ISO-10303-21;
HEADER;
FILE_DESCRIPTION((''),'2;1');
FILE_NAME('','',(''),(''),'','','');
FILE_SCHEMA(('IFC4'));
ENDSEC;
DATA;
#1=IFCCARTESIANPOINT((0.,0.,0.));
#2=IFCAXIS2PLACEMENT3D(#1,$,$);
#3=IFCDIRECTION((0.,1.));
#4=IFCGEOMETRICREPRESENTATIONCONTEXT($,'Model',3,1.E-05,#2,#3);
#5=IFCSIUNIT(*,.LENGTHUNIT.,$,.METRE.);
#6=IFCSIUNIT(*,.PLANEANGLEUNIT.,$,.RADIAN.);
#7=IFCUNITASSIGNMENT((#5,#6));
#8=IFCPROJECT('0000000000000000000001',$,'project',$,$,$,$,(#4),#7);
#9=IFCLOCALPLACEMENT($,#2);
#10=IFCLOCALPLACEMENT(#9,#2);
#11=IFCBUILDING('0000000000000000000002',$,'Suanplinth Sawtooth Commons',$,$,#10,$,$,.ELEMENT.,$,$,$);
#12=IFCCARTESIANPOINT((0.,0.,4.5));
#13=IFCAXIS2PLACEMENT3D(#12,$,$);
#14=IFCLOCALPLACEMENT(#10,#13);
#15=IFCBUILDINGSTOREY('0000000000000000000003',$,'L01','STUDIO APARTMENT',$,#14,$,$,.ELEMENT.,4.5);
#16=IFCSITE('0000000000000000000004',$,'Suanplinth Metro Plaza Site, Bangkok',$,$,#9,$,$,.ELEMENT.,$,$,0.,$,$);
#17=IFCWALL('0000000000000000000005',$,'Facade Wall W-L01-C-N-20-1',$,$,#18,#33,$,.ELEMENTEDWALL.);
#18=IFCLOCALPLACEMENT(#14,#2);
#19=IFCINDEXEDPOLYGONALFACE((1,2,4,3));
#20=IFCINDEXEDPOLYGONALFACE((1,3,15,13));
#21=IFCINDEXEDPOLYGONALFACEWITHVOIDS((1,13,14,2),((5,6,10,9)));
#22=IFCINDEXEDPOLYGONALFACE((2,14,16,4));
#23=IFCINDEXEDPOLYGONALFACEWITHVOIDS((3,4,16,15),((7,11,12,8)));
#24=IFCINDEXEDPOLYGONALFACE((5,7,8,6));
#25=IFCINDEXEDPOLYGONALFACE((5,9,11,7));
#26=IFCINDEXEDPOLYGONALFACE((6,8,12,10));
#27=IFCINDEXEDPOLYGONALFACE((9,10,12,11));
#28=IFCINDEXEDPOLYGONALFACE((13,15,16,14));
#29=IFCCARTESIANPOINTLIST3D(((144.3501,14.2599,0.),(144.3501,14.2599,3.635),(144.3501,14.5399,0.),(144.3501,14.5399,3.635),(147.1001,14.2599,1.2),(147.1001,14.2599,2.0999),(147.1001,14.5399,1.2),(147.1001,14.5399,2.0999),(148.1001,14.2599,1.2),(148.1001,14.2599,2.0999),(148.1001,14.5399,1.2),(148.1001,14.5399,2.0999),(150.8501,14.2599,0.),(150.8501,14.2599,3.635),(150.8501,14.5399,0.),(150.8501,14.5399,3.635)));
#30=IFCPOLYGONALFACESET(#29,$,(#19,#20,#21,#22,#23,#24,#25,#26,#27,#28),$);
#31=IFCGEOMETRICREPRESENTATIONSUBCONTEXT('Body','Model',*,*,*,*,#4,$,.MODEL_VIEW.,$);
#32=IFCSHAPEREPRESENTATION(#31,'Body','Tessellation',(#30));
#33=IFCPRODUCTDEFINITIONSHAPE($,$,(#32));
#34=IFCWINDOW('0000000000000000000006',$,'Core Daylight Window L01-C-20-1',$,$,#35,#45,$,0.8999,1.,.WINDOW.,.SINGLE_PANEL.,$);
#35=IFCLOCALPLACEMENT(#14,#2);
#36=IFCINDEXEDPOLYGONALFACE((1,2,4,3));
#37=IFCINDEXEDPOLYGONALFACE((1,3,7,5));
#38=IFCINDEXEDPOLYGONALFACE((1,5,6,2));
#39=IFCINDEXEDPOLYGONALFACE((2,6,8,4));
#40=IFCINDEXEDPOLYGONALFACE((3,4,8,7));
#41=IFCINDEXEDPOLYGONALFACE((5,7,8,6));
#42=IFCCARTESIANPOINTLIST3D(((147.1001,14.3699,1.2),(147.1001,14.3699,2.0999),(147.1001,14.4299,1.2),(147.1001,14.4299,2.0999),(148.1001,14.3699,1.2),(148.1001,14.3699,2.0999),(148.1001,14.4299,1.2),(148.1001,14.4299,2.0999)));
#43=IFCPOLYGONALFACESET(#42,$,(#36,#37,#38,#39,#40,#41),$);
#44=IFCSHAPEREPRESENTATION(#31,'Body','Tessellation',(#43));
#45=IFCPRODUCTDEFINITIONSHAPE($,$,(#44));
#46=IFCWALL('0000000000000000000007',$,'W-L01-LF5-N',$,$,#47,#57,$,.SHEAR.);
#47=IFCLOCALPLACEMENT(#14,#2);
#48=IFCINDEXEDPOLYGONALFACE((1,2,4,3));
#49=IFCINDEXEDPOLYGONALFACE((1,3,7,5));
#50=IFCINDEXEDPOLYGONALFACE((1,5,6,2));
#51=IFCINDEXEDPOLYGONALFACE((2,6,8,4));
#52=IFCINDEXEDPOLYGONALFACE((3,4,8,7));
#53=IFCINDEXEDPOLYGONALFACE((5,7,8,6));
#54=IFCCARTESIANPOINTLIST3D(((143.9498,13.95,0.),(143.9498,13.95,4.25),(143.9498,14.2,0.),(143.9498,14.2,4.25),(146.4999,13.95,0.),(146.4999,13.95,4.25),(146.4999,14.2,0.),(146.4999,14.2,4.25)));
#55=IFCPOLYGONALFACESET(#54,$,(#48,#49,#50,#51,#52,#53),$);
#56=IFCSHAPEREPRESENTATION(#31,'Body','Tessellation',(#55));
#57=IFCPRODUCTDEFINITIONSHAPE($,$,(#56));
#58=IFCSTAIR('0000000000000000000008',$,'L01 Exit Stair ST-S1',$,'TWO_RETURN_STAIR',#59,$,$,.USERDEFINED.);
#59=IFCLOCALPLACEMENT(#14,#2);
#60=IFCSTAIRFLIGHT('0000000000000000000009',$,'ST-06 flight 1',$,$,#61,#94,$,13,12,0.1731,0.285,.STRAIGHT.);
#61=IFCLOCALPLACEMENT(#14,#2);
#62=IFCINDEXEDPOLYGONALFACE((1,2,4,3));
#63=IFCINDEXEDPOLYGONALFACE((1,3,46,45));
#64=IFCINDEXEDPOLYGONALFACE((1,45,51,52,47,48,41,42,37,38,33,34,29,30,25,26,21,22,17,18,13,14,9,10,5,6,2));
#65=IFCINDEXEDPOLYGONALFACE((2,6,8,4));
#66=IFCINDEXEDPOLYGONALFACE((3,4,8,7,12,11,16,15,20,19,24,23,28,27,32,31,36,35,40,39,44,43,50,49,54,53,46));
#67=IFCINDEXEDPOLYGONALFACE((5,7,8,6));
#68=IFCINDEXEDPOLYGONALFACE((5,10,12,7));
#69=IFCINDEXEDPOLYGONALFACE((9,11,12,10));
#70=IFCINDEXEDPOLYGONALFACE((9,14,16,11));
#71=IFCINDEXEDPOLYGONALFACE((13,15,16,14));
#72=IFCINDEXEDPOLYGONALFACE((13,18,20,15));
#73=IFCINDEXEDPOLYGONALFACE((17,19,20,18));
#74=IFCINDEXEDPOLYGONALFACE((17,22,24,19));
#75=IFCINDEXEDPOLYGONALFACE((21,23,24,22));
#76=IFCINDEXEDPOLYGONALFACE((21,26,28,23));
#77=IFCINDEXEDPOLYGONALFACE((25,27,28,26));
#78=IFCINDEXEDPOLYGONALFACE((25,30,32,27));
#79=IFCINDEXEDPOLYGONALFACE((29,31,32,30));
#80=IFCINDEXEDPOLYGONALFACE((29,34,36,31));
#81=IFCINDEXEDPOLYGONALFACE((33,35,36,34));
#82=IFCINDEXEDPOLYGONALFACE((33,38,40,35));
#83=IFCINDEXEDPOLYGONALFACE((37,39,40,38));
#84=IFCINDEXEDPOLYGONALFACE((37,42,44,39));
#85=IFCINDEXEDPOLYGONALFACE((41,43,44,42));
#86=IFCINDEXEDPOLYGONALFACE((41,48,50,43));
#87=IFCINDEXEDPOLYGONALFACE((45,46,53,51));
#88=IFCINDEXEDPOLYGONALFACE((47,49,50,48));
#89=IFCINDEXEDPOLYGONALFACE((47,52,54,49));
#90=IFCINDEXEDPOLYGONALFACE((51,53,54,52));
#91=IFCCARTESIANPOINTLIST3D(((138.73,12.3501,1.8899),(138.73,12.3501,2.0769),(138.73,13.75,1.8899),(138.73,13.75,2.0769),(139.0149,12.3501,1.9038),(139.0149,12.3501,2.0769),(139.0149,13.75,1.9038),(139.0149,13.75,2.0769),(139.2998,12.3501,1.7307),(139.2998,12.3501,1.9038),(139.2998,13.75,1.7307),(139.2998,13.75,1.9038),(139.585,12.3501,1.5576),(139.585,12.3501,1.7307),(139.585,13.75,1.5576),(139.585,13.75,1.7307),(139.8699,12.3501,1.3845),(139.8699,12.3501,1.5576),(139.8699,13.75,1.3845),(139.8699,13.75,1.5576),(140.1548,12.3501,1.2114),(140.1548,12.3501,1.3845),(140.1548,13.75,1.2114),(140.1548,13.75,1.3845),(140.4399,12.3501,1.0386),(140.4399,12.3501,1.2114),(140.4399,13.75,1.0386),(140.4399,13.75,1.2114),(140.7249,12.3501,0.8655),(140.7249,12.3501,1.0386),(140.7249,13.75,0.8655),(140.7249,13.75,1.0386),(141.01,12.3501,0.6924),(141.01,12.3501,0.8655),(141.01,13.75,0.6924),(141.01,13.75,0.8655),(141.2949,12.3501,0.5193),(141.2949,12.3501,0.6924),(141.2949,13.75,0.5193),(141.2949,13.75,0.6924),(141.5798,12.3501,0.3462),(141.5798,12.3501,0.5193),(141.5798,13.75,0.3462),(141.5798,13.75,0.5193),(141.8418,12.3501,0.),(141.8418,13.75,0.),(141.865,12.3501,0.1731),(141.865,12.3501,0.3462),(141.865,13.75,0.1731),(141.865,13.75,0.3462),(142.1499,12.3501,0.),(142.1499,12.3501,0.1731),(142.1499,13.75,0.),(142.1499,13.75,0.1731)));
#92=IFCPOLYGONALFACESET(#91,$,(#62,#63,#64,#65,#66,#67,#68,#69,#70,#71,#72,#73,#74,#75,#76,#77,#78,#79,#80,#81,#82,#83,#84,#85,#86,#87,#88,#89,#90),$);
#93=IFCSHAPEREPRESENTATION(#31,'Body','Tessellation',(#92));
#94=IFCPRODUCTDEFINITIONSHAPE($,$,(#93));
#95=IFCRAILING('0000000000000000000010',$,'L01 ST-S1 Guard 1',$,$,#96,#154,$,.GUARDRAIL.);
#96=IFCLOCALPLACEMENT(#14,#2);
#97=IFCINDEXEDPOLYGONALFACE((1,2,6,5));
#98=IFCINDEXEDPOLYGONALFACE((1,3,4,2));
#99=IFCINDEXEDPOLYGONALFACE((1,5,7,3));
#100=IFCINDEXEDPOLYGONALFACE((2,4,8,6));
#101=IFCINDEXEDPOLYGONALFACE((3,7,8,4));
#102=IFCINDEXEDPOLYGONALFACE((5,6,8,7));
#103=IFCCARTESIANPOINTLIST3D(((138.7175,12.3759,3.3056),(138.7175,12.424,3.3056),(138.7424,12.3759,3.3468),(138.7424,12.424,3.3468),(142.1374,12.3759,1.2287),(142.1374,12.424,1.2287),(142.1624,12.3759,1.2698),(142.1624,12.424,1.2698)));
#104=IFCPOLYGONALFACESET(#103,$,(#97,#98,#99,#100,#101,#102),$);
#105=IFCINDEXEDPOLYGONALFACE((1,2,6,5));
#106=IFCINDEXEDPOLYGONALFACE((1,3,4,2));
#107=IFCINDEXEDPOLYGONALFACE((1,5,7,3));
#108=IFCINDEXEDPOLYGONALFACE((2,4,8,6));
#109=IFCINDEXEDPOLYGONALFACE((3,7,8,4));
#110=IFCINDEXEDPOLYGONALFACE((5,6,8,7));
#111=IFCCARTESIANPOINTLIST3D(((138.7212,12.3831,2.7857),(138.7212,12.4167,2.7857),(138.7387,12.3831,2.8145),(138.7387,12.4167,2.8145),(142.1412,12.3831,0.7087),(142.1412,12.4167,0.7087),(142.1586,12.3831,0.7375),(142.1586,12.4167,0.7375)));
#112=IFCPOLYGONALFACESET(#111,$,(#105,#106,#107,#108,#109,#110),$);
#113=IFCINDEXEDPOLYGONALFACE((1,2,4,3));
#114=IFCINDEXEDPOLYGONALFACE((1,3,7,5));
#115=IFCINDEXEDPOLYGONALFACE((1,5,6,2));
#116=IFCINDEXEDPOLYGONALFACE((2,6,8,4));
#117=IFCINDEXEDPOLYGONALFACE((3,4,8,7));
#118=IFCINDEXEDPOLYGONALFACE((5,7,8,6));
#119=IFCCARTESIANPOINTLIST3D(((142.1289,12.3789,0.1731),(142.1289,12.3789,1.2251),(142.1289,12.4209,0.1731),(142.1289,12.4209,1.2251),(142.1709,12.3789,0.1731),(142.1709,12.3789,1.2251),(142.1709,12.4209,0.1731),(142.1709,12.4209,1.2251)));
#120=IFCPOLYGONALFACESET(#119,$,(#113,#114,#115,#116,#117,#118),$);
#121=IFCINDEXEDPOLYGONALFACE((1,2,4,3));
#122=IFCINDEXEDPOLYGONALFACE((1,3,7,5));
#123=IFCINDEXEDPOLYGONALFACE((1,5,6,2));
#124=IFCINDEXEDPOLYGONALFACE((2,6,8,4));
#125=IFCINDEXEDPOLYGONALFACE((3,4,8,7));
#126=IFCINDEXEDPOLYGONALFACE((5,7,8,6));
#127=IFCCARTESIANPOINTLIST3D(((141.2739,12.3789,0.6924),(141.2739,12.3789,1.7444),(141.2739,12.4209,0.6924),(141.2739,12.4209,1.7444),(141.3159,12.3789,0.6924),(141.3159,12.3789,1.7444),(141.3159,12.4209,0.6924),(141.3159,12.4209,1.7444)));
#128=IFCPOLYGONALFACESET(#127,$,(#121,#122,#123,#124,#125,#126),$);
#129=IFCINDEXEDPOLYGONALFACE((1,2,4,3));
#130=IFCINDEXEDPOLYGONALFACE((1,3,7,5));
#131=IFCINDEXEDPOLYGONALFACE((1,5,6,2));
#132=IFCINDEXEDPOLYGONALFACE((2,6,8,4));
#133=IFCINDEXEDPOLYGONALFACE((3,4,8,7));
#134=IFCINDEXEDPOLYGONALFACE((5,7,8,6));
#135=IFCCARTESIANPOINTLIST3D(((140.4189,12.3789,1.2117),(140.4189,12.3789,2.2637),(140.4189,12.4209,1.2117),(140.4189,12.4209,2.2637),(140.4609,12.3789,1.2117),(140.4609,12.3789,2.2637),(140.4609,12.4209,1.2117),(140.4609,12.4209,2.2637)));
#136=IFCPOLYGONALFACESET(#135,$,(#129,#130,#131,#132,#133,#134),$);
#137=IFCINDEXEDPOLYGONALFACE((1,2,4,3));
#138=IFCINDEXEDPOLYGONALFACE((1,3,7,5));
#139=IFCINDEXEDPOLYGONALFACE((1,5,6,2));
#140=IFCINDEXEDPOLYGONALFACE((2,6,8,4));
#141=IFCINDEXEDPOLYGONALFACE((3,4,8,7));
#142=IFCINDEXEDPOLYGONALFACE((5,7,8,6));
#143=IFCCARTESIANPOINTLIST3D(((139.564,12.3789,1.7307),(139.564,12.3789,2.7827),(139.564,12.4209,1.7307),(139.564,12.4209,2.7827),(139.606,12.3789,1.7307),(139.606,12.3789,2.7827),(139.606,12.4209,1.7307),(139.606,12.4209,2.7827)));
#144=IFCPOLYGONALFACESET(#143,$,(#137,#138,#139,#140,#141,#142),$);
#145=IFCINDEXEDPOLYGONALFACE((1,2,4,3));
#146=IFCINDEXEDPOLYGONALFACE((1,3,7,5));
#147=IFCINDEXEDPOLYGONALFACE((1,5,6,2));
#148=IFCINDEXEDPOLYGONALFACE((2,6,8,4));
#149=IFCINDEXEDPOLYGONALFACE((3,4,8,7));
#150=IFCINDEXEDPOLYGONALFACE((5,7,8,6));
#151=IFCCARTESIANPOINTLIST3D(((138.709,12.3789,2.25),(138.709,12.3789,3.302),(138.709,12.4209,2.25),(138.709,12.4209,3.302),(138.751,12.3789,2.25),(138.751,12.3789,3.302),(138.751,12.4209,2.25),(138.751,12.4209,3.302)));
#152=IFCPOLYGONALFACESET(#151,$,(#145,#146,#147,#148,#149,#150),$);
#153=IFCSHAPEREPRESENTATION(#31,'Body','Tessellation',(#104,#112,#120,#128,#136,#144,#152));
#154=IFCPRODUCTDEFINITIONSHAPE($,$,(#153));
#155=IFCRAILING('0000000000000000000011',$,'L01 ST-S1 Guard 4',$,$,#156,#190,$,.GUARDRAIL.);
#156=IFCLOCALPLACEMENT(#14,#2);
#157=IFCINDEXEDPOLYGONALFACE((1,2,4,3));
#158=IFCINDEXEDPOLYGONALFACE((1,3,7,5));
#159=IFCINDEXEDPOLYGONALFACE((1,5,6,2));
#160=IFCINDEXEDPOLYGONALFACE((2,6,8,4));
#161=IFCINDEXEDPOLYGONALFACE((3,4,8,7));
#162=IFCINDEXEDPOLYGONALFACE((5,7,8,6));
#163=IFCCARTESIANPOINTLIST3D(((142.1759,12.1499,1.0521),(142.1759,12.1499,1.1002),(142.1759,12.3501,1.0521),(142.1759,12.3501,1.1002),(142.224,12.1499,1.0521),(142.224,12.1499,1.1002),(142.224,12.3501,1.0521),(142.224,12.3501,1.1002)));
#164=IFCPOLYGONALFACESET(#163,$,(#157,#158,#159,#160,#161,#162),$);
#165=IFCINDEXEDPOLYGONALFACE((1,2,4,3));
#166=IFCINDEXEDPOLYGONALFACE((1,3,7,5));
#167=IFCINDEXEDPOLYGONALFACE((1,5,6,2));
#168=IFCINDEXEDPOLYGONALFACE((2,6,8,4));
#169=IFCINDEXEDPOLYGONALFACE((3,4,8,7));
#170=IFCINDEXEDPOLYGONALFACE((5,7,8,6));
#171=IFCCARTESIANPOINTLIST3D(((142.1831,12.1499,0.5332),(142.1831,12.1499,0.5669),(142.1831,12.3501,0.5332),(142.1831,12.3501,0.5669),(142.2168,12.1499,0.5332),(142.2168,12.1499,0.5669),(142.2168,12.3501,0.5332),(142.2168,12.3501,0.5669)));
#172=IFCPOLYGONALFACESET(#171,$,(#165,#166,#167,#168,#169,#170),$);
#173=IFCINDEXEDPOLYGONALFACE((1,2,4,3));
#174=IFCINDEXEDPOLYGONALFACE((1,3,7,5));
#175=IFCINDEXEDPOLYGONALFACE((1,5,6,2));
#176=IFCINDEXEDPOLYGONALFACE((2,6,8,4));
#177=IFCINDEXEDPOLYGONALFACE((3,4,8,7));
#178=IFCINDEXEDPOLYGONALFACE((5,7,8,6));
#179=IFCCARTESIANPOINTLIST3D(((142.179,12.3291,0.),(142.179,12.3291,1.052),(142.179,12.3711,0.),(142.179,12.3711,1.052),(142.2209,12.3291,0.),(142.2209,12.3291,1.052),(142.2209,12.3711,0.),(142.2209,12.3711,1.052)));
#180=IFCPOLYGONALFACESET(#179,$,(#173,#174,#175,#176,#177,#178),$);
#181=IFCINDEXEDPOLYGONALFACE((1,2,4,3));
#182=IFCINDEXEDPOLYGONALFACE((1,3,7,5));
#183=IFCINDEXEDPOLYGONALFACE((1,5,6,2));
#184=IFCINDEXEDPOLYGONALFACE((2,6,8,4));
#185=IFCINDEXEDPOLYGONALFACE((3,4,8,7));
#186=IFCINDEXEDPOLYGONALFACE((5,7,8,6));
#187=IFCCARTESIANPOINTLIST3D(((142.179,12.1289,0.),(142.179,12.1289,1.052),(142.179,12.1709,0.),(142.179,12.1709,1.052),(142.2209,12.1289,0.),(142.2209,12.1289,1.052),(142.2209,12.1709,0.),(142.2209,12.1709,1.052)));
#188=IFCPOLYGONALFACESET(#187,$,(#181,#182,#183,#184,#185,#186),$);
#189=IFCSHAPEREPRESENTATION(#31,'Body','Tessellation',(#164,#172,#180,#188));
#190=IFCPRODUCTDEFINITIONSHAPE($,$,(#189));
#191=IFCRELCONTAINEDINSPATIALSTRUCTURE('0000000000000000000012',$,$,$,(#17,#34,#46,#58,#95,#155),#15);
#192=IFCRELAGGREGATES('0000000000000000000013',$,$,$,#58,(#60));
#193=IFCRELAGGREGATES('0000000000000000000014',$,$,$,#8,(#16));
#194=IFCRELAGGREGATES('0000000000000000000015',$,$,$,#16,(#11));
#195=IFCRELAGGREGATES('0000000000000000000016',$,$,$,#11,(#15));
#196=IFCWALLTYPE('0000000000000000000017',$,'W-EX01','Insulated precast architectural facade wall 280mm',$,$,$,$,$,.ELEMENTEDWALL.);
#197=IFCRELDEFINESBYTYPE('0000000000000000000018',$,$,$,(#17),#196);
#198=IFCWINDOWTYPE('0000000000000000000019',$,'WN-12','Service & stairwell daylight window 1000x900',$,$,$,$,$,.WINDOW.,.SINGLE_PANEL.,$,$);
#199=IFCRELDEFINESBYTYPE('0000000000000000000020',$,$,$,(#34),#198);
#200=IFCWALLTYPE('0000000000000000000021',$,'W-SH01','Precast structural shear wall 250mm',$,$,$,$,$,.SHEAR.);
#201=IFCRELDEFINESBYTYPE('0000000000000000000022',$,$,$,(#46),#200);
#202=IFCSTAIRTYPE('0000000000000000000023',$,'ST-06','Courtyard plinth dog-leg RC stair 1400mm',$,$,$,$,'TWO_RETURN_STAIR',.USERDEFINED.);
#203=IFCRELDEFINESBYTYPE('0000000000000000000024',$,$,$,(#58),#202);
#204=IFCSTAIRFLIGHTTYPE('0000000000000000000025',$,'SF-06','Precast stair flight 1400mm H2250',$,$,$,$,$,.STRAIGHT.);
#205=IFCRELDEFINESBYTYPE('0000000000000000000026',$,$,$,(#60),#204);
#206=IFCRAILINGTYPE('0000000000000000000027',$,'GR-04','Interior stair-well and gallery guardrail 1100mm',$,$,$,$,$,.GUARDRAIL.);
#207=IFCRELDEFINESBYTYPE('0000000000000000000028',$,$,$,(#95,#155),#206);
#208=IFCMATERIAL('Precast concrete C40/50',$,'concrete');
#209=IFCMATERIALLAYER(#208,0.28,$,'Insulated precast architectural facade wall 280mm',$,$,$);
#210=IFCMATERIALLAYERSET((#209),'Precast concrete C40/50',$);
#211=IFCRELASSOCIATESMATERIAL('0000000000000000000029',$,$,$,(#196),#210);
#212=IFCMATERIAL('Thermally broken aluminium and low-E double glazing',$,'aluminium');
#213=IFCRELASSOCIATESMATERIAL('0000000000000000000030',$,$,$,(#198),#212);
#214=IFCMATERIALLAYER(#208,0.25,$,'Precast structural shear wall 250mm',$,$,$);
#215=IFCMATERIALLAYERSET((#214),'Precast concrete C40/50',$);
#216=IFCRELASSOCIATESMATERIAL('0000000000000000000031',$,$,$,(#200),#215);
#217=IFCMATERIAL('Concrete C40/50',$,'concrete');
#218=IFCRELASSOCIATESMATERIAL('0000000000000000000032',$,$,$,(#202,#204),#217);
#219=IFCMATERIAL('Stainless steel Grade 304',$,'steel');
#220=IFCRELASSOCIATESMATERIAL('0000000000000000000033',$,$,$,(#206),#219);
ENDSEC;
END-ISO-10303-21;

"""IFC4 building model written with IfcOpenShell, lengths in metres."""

from ifc_helpers import new_model, si_unit, direction, frame, frame_2d, origin, origin_2d, place, context, subcontext, project, spatial, polyline, rectangle, outline, extrude, material, layer, layer_set, type_object, element, fill, aggregate, save


model = new_model("IFC4")

# Units and contexts
model_context = context("Model", 3, precision=1e-05, world=origin(), true_north=direction((0.0, 1.0)))
body_context = subcontext(model_context, "Body", "Model", "MODEL_VIEW")
ifc_project = project(units=[si_unit("LENGTHUNIT", "METRE"), si_unit("PLANEANGLEUNIT", "RADIAN")], contexts=[model_context])

# Site, building, storey
site_placement = place(None, origin())
site = spatial("IfcSite", under=ifc_project, at=site_placement, Name="Suanplinth Metro Plaza Site, Bangkok", CompositionType="ELEMENT", RefElevation=0.0)
building_placement = place(site_placement, origin())
building = spatial("IfcBuilding", under=site, at=building_placement, Name="Suanplinth Sawtooth Commons", CompositionType="ELEMENT")
storey_placement = place(building_placement, frame((0.0, 0.0, 4.5)))
storey = spatial("IfcBuildingStorey", under=building, at=storey_placement, Name="L01", Description="STUDIO APARTMENT", CompositionType="ELEMENT", Elevation=4.5)

# Shared definitions
ifc_material_1 = material(Name="Concrete C40/50", Category="concrete")

# Shared definitions
ifc_material_2 = material(Name="Precast concrete C40/50", Category="concrete")

# Wall, opening, window
ifc_layer_1 = layer(ifc_material_2, 0.28, Name="Insulated precast architectural facade wall 280mm")
ifc_layer_set_1 = layer_set([ifc_layer_1], Name="Precast concrete C40/50")
wall_type_1 = type_object("IfcWallType", Name="W-EX01", Description="Insulated precast architectural facade wall 280mm", PredefinedType="ELEMENTEDWALL", material=ifc_layer_set_1)
wall_1_placement = place(storey_placement, frame((144.3501, 14.3999, 0.0), z_axis=(0.0, 0.0, 1.0), x_axis=(1.0, 0.0, 0.0)))
wall_1 = element("IfcWall", 1, at=wall_1_placement, inside=storey, type_object=wall_type_1, Name="Facade Wall W-L01-C-N-20-1", PredefinedType="ELEMENTEDWALL", context=body_context, shape_type="SweptSolid", body=[
    extrude(rectangle(XDim=6.5, YDim=0.28, at=frame_2d((3.25, 0.0))), origin(), (0.0, 0.0, 1.0), 3.635),
])
opening_placement = place(wall_1_placement, frame((2.75, 0.0, 1.2)))
opening = element("IfcOpeningElement", 2, at=opening_placement, cuts=wall_1, PredefinedType="OPENING", context=body_context, shape_type="SweptSolid", body=[
    extrude(rectangle(XDim=1.0, YDim=0.8999, at=frame_2d((0.5, 0.45))), frame((0.0, 0.1548, 0.0), z_axis=(0.0, -1.0, 0.0), x_axis=(1.0, 0.0, 0.0)), (0.0, 0.0, 1.0), 0.3098),
])
ifc_material_3 = material(Name="Thermally broken aluminium and low-E double glazing", Category="aluminium")
window_type = type_object("IfcWindowType", Name="WN-12", Description="Service & stairwell daylight window 1000x900", PartitioningType="SINGLE_PANEL", PredefinedType="WINDOW", material=ifc_material_3)
window_placement = place(opening_placement, origin())
window = element("IfcWindow", 3, at=window_placement, inside=storey, type_object=window_type, Name="Core Daylight Window L01-C-20-1", OverallHeight=0.8999, OverallWidth=1.0, PartitioningType="SINGLE_PANEL", PredefinedType="WINDOW", context=body_context, shape_type="SweptSolid", body=[
    extrude(rectangle(XDim=1.0, YDim=0.8999, at=frame_2d((0.5, 0.45))), frame((0.0, 0.03, 0.0), z_axis=(0.0, -1.0, 0.0), x_axis=(1.0, 0.0, 0.0)), (0.0, 0.0, 1.0), 0.0601),
])
fill(opening, window)

# Wall
ifc_layer_2 = layer(ifc_material_2, 0.25, Name="Precast structural shear wall 250mm")
ifc_layer_set_2 = layer_set([ifc_layer_2], Name="Precast concrete C40/50")
wall_type_2 = type_object("IfcWallType", Name="W-SH01", Description="Precast structural shear wall 250mm", PredefinedType="SHEAR", material=ifc_layer_set_2)
wall_2_placement = place(storey_placement, frame((143.95, 14.075, 0.0), z_axis=(0.0, 0.0, 1.0), x_axis=(1.0, 0.0, 0.0)))
element("IfcWall", 4, at=wall_2_placement, inside=storey, type_object=wall_type_2, Name="W-L01-LF5-N", PredefinedType="SHEAR", context=body_context, shape_type="SweptSolid", body=[
    extrude(rectangle(XDim=2.55, YDim=0.25, at=frame_2d((1.2749, 0.0))), origin(), (0.0, 0.0, 1.0), 4.25),
])

# Stair, stair flight
stair_type = type_object("IfcStairType", Name="ST-06", Description="Courtyard plinth dog-leg RC stair 1400mm", ElementType="TWO_RETURN_STAIR", PredefinedType="USERDEFINED", material=ifc_material_1)
stair_placement = place(storey_placement, origin())
stair = element("IfcStair", 5, at=stair_placement, inside=storey, type_object=stair_type, Name="L01 Exit Stair ST-S1", ObjectType="TWO_RETURN_STAIR", PredefinedType="USERDEFINED")
stair_flight_type = type_object("IfcStairFlightType", Name="SF-06", Description="Precast stair flight 1400mm H2250", PredefinedType="STRAIGHT", material=ifc_material_1)
stair_flight_placement = place(storey_placement, frame((142.1499, 13.05, 0.0), z_axis=(0.0, 0.0, 1.0), x_axis=(-1.0, 0.0, 0.0)))
stair_flight = element("IfcStairFlight", 6, at=stair_flight_placement, type_object=stair_flight_type, Name="ST-06 flight 1", NumberOfRisers=13, NumberOfTreads=12, PredefinedType="STRAIGHT", RiserHeight=0.1731, TreadLength=0.285, context=body_context, shape_type="SweptSolid", body=[
    extrude(outline(polyline([(0.0, 0.0), (0.0, 0.1731), (0.2849, 0.1731), (0.2849, 0.3462), (0.5701, 0.3462), (0.5701, 0.5193), (0.855, 0.5193), (0.855, 0.6924), (1.1399, 0.6924), (1.1399, 0.8655), (1.425, 0.8655), (1.425, 1.0386), (1.71, 1.0386), (1.71, 1.2114), (1.9951, 1.2114), (1.9951, 1.3845), (2.28, 1.3845), (2.28, 1.5576), (2.5649, 1.5576), (2.5649, 1.7307), (2.8501, 1.7307), (2.8501, 1.9038), (3.135, 1.9038), (3.135, 2.0769), (3.4199, 2.0769), (3.4199, 2.25), (3.4199, 1.8899), (0.3081, 0.0), (0.0, 0.0)])), frame((0.0, 0.7, 0.0), z_axis=(0.0, -1.0, 0.0), x_axis=(1.0, 0.0, 0.0)), (0.0, 0.0, 1.0), 1.3999),
])
aggregate(stair, [stair_flight])

# Railings
ifc_material_4 = material(Name="Stainless steel Grade 304", Category="steel")
railing_type_1 = type_object("IfcRailingType", Name="GR-04", Description="Interior stair-well and gallery guardrail 1100mm", PredefinedType="GUARDRAIL", material=ifc_material_4)
railing_1_placement = place(storey_placement, frame((142.1499, 12.3999, 0.1731)))
element("IfcRailing", 7, at=railing_1_placement, inside=storey, type_object=railing_type_1, Name="L01 ST-S1 Guard 1", PredefinedType="GUARDRAIL", context=body_context, shape_type="SweptSolid", body=[
    extrude(rectangle(XDim=0.0481, YDim=0.0481, at=origin_2d()), frame((0.0, 0.0, 1.0762), z_axis=(-0.85473, 0.0, 0.519074), x_axis=(0.0, -1.0, 0.0)), (0.0, 0.0, 1.0), 4.0012),
    extrude(rectangle(XDim=0.0337, YDim=0.0337, at=origin_2d()), frame((0.0, 0.0, 0.55), z_axis=(-0.85473, 0.0, 0.519074), x_axis=(0.0, -1.0, 0.0)), (0.0, 0.0, 1.0), 4.0012),
    extrude(rectangle(XDim=0.042, YDim=0.042, at=origin_2d()), origin(), (0.0, 0.0, 1.0), 1.052),
    extrude(rectangle(XDim=0.042, YDim=0.042, at=origin_2d()), frame((-0.855, 0.0, 0.5193)), (0.0, 0.0, 1.0), 1.052),
    extrude(rectangle(XDim=0.042, YDim=0.042, at=origin_2d()), frame((-1.71, 0.0, 1.0386)), (0.0, 0.0, 1.0), 1.052),
    extrude(rectangle(XDim=0.042, YDim=0.042, at=origin_2d()), frame((-2.5649, 0.0, 1.5576)), (0.0, 0.0, 1.0), 1.052),
    extrude(rectangle(XDim=0.042, YDim=0.042, at=origin_2d()), frame((-3.4199, 0.0, 2.0769)), (0.0, 0.0, 1.0), 1.052),
])
railing_2_placement = place(storey_placement, frame((142.2, 12.3501, 0.0)))
element("IfcRailing", 8, at=railing_2_placement, inside=storey, type_object=railing_type_1, Name="L01 ST-S1 Guard 4", PredefinedType="GUARDRAIL", context=body_context, shape_type="SweptSolid", body=[
    extrude(rectangle(XDim=0.0481, YDim=0.0481, at=origin_2d()), frame((0.0, 0.0, 1.0762), z_axis=(0.0, -1.0, 0.0), x_axis=(1.0, 0.0, 0.0)), (0.0, 0.0, 1.0), 0.2002),
    extrude(rectangle(XDim=0.0337, YDim=0.0337, at=origin_2d()), frame((0.0, 0.0, 0.55), z_axis=(0.0, -1.0, 0.0), x_axis=(1.0, 0.0, 0.0)), (0.0, 0.0, 1.0), 0.2002),
    extrude(rectangle(XDim=0.042, YDim=0.042, at=origin_2d()), origin(), (0.0, 0.0, 1.0), 1.052),
    extrude(rectangle(XDim=0.042, YDim=0.042, at=origin_2d()), frame((0.0, -0.2002, 0.0)), (0.0, 0.0, 1.0), 1.052),
])

save(model, "model.ifc")
